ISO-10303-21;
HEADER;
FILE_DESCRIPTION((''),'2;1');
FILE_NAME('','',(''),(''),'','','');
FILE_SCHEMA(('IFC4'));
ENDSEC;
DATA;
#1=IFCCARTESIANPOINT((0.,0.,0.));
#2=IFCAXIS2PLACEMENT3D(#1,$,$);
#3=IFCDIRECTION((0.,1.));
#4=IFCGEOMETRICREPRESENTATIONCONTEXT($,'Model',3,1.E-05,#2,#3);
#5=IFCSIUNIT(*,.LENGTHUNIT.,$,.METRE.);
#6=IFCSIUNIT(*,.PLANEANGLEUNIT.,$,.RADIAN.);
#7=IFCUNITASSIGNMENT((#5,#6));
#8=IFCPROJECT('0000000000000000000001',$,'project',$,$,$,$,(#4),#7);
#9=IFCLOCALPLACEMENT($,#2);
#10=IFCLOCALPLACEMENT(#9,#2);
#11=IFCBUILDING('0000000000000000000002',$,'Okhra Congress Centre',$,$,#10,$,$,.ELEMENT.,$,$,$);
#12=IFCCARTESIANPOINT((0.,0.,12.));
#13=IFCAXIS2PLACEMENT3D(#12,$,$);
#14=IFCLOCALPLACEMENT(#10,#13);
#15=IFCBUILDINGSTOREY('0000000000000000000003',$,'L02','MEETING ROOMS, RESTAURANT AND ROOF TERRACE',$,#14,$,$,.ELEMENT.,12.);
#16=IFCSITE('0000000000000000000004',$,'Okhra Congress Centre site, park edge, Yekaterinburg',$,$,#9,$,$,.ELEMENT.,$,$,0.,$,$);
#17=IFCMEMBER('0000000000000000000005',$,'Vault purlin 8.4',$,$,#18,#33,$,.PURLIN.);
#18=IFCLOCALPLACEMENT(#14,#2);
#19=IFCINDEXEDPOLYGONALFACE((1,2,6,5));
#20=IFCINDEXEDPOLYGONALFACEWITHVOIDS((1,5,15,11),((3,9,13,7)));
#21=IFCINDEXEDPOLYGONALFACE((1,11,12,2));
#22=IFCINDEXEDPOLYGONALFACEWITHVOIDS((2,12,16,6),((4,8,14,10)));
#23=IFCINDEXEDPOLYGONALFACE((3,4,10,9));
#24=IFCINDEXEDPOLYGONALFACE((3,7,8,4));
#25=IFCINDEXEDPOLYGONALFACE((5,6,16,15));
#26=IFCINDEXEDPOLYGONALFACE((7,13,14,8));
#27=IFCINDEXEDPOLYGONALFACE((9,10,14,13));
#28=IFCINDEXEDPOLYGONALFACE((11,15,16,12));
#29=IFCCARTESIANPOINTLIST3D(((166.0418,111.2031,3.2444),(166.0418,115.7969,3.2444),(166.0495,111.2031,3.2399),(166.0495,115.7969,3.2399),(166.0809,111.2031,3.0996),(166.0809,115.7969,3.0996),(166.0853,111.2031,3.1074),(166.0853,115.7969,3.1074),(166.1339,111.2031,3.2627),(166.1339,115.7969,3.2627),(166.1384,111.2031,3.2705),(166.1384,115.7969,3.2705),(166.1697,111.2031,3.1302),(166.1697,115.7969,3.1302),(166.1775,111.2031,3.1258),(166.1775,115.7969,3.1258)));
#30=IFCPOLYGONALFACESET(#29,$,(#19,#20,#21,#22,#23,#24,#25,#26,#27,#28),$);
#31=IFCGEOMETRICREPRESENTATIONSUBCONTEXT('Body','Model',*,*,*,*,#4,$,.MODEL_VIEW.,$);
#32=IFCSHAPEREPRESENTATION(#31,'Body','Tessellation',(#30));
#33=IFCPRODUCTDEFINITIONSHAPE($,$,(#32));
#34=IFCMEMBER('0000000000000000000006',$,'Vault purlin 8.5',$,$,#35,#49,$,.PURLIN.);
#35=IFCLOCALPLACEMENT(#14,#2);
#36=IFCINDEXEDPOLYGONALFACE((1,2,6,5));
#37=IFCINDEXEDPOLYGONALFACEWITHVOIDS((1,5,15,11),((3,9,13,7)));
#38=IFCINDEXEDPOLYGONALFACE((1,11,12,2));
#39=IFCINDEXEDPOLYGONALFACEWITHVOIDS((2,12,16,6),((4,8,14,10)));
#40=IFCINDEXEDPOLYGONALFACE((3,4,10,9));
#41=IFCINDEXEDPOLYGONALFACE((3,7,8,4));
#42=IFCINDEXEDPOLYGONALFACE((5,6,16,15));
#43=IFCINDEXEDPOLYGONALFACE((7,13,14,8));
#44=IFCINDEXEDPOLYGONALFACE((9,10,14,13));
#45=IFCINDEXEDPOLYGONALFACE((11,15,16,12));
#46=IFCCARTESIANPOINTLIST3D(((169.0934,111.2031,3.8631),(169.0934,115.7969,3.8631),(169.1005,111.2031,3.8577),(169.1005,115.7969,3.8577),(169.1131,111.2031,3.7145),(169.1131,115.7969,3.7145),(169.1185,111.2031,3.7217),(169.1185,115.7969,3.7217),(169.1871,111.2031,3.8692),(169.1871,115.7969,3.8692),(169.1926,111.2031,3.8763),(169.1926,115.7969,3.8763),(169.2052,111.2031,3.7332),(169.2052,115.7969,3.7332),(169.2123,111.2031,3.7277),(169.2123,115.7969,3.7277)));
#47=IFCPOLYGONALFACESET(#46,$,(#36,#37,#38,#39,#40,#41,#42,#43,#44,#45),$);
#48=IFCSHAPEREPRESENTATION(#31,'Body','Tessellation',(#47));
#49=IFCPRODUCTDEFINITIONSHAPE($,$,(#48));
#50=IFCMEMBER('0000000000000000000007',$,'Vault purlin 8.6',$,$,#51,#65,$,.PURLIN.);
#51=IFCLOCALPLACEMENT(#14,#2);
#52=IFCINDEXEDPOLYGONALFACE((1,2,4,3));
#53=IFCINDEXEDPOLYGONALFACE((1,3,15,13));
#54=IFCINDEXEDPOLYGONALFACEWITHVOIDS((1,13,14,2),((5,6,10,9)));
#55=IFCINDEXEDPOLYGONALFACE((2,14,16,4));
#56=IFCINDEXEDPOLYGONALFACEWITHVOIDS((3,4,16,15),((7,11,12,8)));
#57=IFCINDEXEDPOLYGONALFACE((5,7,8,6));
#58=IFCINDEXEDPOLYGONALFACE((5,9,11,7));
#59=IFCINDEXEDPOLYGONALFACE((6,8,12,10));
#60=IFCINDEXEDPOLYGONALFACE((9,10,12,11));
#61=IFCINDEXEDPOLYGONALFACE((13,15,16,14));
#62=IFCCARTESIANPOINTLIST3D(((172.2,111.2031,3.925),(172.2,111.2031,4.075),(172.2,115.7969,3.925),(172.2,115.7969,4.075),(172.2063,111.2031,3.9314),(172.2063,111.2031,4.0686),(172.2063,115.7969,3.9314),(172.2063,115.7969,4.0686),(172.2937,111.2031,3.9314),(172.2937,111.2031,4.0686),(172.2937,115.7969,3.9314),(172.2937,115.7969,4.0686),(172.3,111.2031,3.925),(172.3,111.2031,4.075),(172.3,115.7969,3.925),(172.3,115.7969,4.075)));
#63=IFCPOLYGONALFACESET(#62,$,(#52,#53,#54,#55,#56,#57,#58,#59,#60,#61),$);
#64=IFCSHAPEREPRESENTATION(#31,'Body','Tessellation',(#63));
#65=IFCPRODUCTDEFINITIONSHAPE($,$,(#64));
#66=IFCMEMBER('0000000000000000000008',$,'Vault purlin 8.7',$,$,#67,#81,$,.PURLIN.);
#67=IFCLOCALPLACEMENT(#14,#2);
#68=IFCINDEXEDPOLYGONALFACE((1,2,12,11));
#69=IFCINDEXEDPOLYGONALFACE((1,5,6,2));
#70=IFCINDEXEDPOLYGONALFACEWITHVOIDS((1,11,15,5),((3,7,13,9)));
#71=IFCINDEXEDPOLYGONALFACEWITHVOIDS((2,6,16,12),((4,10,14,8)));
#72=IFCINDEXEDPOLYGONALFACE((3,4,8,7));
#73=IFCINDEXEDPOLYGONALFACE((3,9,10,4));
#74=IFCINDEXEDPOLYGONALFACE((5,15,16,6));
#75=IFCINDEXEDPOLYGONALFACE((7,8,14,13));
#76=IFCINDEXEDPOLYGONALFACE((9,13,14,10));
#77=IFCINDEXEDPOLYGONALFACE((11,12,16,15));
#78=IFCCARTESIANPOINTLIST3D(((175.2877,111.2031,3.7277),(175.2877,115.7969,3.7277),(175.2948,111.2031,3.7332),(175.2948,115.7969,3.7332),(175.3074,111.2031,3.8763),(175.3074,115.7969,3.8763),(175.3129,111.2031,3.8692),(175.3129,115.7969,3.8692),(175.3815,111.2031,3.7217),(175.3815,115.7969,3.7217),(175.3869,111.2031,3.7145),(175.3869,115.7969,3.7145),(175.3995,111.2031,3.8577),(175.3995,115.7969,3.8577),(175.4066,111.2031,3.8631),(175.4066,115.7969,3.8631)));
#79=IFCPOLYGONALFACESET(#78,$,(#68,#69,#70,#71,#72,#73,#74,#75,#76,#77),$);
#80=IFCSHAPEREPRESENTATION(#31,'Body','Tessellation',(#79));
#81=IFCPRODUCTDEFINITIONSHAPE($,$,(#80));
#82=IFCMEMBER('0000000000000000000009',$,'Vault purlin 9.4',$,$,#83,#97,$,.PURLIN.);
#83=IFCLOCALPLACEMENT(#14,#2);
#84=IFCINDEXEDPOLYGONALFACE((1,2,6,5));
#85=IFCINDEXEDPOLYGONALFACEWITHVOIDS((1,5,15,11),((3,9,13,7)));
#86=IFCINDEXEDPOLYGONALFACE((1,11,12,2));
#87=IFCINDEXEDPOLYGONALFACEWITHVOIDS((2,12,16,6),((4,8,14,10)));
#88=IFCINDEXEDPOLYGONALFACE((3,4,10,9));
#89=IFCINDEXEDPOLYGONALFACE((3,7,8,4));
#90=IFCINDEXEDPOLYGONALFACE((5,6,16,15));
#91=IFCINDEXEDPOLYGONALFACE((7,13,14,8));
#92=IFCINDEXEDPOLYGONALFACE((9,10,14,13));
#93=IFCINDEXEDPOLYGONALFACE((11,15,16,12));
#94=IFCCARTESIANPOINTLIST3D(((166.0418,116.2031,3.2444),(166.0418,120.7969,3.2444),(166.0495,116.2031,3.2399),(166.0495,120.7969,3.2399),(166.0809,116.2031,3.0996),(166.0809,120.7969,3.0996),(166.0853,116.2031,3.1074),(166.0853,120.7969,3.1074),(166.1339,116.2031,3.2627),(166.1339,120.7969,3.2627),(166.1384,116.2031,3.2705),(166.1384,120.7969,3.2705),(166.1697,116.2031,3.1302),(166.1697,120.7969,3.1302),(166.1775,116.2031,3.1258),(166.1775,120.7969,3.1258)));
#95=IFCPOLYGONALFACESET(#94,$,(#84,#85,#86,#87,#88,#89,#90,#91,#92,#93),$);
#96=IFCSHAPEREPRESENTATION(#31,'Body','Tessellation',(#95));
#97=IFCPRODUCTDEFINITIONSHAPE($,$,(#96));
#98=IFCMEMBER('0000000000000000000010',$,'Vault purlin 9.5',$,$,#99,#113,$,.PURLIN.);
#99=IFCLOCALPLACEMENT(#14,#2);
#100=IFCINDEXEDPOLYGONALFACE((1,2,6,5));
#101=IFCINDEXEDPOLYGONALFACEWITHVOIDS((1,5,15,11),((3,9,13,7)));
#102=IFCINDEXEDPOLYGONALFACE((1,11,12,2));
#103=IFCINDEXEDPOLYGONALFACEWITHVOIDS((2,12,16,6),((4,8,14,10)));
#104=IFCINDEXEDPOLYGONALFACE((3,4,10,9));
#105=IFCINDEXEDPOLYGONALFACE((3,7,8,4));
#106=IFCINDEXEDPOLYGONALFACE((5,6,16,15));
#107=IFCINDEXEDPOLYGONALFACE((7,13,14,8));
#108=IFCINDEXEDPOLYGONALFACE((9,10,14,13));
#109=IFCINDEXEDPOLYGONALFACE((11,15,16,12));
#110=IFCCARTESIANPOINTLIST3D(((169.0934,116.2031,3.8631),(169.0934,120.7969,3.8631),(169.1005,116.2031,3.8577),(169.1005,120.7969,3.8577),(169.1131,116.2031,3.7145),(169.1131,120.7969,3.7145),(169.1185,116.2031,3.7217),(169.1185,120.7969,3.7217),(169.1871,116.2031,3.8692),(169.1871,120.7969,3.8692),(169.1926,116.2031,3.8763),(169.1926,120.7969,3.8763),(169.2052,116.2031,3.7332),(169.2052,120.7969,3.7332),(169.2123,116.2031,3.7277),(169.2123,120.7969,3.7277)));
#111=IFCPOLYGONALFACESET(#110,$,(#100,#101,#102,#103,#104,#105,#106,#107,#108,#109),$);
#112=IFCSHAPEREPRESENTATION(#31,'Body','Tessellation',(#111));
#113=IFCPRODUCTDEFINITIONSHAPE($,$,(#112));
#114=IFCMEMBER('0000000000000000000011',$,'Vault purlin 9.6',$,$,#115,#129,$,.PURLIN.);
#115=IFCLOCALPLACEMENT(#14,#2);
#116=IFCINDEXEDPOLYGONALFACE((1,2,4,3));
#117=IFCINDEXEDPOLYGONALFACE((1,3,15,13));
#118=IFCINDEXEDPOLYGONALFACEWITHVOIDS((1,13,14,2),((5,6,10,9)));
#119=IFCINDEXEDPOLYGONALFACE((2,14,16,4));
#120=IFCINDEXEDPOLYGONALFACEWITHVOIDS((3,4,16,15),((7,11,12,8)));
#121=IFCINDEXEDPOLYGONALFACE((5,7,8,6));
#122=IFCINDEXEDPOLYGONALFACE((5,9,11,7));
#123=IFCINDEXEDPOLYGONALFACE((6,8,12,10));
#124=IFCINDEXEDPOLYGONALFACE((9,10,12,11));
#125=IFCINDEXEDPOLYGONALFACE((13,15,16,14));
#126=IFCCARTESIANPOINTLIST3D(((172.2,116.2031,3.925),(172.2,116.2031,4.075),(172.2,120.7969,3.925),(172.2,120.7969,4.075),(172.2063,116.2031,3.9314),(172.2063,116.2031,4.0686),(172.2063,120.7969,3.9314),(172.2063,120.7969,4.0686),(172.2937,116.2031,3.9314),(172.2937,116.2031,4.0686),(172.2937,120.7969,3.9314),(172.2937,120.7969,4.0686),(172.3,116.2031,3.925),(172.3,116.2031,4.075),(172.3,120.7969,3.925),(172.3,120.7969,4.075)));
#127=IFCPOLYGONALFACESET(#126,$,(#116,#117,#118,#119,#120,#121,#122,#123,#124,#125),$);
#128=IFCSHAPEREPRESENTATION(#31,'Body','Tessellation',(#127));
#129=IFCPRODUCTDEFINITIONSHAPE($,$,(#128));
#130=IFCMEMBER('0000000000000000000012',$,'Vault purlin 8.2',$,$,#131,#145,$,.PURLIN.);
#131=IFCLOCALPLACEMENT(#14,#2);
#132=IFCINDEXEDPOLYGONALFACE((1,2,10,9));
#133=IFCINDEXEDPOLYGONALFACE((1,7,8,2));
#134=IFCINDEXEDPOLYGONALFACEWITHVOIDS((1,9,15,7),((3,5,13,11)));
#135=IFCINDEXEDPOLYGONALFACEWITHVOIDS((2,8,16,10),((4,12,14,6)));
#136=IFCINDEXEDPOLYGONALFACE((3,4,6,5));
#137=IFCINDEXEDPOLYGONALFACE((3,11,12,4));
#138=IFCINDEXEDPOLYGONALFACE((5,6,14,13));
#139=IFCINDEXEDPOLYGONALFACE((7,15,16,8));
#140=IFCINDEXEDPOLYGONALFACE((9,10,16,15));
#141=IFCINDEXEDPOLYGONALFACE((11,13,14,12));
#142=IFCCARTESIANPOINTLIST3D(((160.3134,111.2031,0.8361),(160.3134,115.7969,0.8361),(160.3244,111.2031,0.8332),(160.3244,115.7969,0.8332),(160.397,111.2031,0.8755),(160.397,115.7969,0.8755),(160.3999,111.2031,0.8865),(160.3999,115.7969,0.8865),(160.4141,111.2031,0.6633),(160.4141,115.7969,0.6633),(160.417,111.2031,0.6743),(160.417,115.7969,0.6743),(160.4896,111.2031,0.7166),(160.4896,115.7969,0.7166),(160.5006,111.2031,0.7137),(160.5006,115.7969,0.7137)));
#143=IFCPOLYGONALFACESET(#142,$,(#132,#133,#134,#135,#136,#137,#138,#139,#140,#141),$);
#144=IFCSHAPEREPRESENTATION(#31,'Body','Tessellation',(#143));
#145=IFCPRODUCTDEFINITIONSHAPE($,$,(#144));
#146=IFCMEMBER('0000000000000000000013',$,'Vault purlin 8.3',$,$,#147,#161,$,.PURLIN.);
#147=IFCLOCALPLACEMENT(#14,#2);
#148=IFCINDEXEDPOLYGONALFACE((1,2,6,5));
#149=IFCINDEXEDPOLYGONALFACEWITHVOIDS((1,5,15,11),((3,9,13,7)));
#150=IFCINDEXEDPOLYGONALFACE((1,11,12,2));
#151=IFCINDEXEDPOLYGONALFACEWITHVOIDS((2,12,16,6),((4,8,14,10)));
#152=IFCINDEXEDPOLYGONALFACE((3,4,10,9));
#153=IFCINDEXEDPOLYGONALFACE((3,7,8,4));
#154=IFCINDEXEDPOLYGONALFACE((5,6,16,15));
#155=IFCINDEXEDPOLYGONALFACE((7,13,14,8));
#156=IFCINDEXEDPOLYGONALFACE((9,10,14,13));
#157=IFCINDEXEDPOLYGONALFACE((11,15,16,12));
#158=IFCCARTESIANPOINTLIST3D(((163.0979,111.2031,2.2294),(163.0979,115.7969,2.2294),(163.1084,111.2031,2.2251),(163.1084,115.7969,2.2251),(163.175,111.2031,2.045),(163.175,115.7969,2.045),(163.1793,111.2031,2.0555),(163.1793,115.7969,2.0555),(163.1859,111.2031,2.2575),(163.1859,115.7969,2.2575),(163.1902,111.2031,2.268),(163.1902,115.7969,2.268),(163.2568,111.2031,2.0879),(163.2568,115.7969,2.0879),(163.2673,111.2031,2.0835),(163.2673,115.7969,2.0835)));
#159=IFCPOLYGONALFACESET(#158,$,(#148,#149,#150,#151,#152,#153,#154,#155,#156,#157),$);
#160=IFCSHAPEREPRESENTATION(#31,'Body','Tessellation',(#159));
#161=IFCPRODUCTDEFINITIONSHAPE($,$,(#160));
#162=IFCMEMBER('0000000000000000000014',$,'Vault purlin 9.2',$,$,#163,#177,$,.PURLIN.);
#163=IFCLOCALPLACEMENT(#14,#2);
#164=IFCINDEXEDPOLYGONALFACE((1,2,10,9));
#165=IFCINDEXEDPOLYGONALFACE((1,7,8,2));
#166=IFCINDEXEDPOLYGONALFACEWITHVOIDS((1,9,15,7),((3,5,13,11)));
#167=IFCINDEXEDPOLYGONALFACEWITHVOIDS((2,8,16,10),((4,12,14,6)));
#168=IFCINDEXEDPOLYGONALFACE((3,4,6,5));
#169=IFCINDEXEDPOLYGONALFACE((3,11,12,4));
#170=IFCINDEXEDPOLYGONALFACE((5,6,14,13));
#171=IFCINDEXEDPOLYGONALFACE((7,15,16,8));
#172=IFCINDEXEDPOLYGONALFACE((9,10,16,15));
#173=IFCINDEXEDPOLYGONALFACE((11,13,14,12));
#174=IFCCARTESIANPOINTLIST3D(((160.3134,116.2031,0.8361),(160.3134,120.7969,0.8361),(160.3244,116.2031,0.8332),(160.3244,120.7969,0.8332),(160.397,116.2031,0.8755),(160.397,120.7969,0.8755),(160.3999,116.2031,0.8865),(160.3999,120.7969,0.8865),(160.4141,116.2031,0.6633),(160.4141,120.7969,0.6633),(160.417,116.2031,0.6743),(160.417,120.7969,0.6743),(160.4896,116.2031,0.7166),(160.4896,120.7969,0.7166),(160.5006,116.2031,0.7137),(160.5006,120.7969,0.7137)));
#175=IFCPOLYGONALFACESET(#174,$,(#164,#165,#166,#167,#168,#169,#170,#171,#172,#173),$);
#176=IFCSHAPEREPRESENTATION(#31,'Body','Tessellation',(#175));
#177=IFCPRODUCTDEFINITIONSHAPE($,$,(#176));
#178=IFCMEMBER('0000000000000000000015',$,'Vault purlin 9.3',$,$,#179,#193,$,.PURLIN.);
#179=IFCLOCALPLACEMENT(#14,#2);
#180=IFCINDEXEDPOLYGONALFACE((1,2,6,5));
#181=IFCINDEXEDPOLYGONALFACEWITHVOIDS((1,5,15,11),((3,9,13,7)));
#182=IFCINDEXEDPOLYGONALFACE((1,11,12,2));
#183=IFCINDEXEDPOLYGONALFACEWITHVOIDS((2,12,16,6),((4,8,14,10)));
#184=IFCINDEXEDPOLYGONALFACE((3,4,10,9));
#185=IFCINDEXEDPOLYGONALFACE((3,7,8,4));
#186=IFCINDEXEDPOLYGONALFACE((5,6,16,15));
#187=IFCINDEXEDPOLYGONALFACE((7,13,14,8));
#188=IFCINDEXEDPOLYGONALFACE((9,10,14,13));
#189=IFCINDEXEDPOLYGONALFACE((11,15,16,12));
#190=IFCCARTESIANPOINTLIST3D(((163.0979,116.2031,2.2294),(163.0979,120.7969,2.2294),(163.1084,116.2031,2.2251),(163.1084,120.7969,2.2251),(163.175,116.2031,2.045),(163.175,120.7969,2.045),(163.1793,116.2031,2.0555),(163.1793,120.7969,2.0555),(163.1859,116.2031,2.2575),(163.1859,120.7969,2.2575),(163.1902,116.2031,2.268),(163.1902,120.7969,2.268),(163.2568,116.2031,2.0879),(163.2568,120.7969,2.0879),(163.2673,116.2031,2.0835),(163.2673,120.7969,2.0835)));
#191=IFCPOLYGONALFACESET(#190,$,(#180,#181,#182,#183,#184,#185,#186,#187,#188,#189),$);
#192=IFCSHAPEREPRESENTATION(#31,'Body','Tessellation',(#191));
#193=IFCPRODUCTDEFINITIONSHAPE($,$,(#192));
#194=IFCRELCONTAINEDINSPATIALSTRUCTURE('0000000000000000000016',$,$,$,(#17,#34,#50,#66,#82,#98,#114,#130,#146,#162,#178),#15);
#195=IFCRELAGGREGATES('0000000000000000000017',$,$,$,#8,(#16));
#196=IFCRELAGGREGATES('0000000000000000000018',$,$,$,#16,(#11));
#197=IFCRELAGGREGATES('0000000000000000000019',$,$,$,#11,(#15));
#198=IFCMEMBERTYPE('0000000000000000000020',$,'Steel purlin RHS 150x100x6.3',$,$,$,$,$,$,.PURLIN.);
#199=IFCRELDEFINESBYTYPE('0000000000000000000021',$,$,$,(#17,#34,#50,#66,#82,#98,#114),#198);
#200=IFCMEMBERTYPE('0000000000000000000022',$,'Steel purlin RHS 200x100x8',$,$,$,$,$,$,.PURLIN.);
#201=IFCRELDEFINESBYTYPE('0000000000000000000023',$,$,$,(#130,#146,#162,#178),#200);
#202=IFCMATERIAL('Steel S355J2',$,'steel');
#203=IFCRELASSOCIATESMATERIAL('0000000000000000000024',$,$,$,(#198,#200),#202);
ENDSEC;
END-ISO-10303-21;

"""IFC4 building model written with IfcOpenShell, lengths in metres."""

from ifc_helpers import new_model, si_unit, direction, frame, origin, origin_2d, place, context, subcontext, project, spatial, hollow_rectangle, extrude, material, material_profile, profile_set, type_object, element, save


model = new_model("IFC4")

# Units and contexts
model_context = context("Model", 3, precision=1e-05, world=origin(), true_north=direction((0.0, 1.0)))
body_context = subcontext(model_context, "Body", "Model", "MODEL_VIEW")
ifc_project = project(units=[si_unit("LENGTHUNIT", "METRE"), si_unit("PLANEANGLEUNIT", "RADIAN")], contexts=[model_context])

# Site, building, storey
site_placement = place(None, origin())
site = spatial("IfcSite", under=ifc_project, at=site_placement, Name="Okhra Congress Centre site, park edge, Yekaterinburg", CompositionType="ELEMENT", RefElevation=0.0)
building_placement = place(site_placement, origin())
building = spatial("IfcBuilding", under=site, at=building_placement, Name="Okhra Congress Centre", CompositionType="ELEMENT")
storey_placement = place(building_placement, frame((0.0, 0.0, 12.0)))
storey = spatial("IfcBuildingStorey", under=building, at=storey_placement, Name="L02", Description="MEETING ROOMS, RESTAURANT AND ROOF TERRACE", CompositionType="ELEMENT", Elevation=12.0)

# Members
ifc_material_1 = material(Name="Steel S355J2", Category="steel")
ifc_material_profile_1 = material_profile(ifc_material_1, hollow_rectangle(XDim=0.1001, YDim=0.1499, WallThickness=0.0063, at=origin_2d()), Name="RHS 150x100x6.3")
ifc_profile_set_1 = profile_set([ifc_material_profile_1], Name="Steel S355J2")
member_type_1 = type_object("IfcMemberType", Name="Steel purlin RHS 150x100x6.3", PredefinedType="PURLIN", material=ifc_profile_set_1)
for number, where, z_axis, x_axis, name in (
    (1, (166.1096, 111.2031, 3.1851), (0.0, 1.0, 0.0), (-0.96538, 0.0, -0.260848), "Vault purlin 8.4"),
    (2, (169.1528, 111.2031, 3.7954), (0.0, 1.0, 0.0), (-0.991307, 0.0, -0.131568), "Vault purlin 8.5"),
    (3, (172.25, 111.2031, 4.0), (0.0, 1.0, 0.0), (-1.0, 0.0, 0.0), "Vault purlin 8.6"),
    (4, (175.3472, 111.2031, 3.7954), (0.0, 1.0, 0.0), (-0.991307, 0.0, 0.131568), "Vault purlin 8.7"),
    (5, (166.1096, 116.2031, 3.1851), (0.0, 1.0, 0.0), (-0.96538, 0.0, -0.260848), "Vault purlin 9.4"),
    (6, (169.1528, 116.2031, 3.7954), (0.0, 1.0, 0.0), (-0.991307, 0.0, -0.131568), "Vault purlin 9.5"),
    (7, (172.25, 116.2031, 4.0), (0.0, 1.0, 0.0), (-1.0, 0.0, 0.0), "Vault purlin 9.6"),
):
    element("IfcMember", number, at=place(storey_placement, frame(where, z_axis=z_axis, x_axis=x_axis)), inside=storey, type_object=member_type_1, Name=name, PredefinedType="PURLIN", context=body_context, shape_type="SweptSolid", body=[
        extrude(hollow_rectangle(XDim=0.1001, YDim=0.1499, WallThickness=0.0063, at=origin_2d()), origin(), (0.0, 0.0, 1.0), 4.5938),
    ])
ifc_material_profile_2 = material_profile(ifc_material_1, hollow_rectangle(XDim=0.1001, YDim=0.2, WallThickness=0.0081, at=origin_2d()), Name="RHS 200x100x8")
ifc_profile_set_2 = profile_set([ifc_material_profile_2], Name="Steel S355J2")
member_type_2 = type_object("IfcMemberType", Name="Steel purlin RHS 200x100x8", PredefinedType="PURLIN", material=ifc_profile_set_2)
for number, where, z_axis, x_axis, name in (
    (8, (160.407, 111.2031, 0.7749), (0.0, 1.0, 0.0), (-0.863917, 0.0, -0.503634), "Vault purlin 8.2"),
    (9, (163.1826, 111.2031, 2.1565), (0.0, 1.0, 0.0), (-0.922669, 0.0, -0.385593), "Vault purlin 8.3"),
    (10, (160.407, 116.2031, 0.7749), (0.0, 1.0, 0.0), (-0.863917, 0.0, -0.503634), "Vault purlin 9.2"),
    (11, (163.1826, 116.2031, 2.1565), (0.0, 1.0, 0.0), (-0.922669, 0.0, -0.385593), "Vault purlin 9.3"),
):
    element("IfcMember", number, at=place(storey_placement, frame(where, z_axis=z_axis, x_axis=x_axis)), inside=storey, type_object=member_type_2, Name=name, PredefinedType="PURLIN", context=body_context, shape_type="SweptSolid", body=[
        extrude(hollow_rectangle(XDim=0.1001, YDim=0.2, WallThickness=0.0081, at=origin_2d()), origin(), (0.0, 0.0, 1.0), 4.5938),
    ])

save(model, "model.ifc")
